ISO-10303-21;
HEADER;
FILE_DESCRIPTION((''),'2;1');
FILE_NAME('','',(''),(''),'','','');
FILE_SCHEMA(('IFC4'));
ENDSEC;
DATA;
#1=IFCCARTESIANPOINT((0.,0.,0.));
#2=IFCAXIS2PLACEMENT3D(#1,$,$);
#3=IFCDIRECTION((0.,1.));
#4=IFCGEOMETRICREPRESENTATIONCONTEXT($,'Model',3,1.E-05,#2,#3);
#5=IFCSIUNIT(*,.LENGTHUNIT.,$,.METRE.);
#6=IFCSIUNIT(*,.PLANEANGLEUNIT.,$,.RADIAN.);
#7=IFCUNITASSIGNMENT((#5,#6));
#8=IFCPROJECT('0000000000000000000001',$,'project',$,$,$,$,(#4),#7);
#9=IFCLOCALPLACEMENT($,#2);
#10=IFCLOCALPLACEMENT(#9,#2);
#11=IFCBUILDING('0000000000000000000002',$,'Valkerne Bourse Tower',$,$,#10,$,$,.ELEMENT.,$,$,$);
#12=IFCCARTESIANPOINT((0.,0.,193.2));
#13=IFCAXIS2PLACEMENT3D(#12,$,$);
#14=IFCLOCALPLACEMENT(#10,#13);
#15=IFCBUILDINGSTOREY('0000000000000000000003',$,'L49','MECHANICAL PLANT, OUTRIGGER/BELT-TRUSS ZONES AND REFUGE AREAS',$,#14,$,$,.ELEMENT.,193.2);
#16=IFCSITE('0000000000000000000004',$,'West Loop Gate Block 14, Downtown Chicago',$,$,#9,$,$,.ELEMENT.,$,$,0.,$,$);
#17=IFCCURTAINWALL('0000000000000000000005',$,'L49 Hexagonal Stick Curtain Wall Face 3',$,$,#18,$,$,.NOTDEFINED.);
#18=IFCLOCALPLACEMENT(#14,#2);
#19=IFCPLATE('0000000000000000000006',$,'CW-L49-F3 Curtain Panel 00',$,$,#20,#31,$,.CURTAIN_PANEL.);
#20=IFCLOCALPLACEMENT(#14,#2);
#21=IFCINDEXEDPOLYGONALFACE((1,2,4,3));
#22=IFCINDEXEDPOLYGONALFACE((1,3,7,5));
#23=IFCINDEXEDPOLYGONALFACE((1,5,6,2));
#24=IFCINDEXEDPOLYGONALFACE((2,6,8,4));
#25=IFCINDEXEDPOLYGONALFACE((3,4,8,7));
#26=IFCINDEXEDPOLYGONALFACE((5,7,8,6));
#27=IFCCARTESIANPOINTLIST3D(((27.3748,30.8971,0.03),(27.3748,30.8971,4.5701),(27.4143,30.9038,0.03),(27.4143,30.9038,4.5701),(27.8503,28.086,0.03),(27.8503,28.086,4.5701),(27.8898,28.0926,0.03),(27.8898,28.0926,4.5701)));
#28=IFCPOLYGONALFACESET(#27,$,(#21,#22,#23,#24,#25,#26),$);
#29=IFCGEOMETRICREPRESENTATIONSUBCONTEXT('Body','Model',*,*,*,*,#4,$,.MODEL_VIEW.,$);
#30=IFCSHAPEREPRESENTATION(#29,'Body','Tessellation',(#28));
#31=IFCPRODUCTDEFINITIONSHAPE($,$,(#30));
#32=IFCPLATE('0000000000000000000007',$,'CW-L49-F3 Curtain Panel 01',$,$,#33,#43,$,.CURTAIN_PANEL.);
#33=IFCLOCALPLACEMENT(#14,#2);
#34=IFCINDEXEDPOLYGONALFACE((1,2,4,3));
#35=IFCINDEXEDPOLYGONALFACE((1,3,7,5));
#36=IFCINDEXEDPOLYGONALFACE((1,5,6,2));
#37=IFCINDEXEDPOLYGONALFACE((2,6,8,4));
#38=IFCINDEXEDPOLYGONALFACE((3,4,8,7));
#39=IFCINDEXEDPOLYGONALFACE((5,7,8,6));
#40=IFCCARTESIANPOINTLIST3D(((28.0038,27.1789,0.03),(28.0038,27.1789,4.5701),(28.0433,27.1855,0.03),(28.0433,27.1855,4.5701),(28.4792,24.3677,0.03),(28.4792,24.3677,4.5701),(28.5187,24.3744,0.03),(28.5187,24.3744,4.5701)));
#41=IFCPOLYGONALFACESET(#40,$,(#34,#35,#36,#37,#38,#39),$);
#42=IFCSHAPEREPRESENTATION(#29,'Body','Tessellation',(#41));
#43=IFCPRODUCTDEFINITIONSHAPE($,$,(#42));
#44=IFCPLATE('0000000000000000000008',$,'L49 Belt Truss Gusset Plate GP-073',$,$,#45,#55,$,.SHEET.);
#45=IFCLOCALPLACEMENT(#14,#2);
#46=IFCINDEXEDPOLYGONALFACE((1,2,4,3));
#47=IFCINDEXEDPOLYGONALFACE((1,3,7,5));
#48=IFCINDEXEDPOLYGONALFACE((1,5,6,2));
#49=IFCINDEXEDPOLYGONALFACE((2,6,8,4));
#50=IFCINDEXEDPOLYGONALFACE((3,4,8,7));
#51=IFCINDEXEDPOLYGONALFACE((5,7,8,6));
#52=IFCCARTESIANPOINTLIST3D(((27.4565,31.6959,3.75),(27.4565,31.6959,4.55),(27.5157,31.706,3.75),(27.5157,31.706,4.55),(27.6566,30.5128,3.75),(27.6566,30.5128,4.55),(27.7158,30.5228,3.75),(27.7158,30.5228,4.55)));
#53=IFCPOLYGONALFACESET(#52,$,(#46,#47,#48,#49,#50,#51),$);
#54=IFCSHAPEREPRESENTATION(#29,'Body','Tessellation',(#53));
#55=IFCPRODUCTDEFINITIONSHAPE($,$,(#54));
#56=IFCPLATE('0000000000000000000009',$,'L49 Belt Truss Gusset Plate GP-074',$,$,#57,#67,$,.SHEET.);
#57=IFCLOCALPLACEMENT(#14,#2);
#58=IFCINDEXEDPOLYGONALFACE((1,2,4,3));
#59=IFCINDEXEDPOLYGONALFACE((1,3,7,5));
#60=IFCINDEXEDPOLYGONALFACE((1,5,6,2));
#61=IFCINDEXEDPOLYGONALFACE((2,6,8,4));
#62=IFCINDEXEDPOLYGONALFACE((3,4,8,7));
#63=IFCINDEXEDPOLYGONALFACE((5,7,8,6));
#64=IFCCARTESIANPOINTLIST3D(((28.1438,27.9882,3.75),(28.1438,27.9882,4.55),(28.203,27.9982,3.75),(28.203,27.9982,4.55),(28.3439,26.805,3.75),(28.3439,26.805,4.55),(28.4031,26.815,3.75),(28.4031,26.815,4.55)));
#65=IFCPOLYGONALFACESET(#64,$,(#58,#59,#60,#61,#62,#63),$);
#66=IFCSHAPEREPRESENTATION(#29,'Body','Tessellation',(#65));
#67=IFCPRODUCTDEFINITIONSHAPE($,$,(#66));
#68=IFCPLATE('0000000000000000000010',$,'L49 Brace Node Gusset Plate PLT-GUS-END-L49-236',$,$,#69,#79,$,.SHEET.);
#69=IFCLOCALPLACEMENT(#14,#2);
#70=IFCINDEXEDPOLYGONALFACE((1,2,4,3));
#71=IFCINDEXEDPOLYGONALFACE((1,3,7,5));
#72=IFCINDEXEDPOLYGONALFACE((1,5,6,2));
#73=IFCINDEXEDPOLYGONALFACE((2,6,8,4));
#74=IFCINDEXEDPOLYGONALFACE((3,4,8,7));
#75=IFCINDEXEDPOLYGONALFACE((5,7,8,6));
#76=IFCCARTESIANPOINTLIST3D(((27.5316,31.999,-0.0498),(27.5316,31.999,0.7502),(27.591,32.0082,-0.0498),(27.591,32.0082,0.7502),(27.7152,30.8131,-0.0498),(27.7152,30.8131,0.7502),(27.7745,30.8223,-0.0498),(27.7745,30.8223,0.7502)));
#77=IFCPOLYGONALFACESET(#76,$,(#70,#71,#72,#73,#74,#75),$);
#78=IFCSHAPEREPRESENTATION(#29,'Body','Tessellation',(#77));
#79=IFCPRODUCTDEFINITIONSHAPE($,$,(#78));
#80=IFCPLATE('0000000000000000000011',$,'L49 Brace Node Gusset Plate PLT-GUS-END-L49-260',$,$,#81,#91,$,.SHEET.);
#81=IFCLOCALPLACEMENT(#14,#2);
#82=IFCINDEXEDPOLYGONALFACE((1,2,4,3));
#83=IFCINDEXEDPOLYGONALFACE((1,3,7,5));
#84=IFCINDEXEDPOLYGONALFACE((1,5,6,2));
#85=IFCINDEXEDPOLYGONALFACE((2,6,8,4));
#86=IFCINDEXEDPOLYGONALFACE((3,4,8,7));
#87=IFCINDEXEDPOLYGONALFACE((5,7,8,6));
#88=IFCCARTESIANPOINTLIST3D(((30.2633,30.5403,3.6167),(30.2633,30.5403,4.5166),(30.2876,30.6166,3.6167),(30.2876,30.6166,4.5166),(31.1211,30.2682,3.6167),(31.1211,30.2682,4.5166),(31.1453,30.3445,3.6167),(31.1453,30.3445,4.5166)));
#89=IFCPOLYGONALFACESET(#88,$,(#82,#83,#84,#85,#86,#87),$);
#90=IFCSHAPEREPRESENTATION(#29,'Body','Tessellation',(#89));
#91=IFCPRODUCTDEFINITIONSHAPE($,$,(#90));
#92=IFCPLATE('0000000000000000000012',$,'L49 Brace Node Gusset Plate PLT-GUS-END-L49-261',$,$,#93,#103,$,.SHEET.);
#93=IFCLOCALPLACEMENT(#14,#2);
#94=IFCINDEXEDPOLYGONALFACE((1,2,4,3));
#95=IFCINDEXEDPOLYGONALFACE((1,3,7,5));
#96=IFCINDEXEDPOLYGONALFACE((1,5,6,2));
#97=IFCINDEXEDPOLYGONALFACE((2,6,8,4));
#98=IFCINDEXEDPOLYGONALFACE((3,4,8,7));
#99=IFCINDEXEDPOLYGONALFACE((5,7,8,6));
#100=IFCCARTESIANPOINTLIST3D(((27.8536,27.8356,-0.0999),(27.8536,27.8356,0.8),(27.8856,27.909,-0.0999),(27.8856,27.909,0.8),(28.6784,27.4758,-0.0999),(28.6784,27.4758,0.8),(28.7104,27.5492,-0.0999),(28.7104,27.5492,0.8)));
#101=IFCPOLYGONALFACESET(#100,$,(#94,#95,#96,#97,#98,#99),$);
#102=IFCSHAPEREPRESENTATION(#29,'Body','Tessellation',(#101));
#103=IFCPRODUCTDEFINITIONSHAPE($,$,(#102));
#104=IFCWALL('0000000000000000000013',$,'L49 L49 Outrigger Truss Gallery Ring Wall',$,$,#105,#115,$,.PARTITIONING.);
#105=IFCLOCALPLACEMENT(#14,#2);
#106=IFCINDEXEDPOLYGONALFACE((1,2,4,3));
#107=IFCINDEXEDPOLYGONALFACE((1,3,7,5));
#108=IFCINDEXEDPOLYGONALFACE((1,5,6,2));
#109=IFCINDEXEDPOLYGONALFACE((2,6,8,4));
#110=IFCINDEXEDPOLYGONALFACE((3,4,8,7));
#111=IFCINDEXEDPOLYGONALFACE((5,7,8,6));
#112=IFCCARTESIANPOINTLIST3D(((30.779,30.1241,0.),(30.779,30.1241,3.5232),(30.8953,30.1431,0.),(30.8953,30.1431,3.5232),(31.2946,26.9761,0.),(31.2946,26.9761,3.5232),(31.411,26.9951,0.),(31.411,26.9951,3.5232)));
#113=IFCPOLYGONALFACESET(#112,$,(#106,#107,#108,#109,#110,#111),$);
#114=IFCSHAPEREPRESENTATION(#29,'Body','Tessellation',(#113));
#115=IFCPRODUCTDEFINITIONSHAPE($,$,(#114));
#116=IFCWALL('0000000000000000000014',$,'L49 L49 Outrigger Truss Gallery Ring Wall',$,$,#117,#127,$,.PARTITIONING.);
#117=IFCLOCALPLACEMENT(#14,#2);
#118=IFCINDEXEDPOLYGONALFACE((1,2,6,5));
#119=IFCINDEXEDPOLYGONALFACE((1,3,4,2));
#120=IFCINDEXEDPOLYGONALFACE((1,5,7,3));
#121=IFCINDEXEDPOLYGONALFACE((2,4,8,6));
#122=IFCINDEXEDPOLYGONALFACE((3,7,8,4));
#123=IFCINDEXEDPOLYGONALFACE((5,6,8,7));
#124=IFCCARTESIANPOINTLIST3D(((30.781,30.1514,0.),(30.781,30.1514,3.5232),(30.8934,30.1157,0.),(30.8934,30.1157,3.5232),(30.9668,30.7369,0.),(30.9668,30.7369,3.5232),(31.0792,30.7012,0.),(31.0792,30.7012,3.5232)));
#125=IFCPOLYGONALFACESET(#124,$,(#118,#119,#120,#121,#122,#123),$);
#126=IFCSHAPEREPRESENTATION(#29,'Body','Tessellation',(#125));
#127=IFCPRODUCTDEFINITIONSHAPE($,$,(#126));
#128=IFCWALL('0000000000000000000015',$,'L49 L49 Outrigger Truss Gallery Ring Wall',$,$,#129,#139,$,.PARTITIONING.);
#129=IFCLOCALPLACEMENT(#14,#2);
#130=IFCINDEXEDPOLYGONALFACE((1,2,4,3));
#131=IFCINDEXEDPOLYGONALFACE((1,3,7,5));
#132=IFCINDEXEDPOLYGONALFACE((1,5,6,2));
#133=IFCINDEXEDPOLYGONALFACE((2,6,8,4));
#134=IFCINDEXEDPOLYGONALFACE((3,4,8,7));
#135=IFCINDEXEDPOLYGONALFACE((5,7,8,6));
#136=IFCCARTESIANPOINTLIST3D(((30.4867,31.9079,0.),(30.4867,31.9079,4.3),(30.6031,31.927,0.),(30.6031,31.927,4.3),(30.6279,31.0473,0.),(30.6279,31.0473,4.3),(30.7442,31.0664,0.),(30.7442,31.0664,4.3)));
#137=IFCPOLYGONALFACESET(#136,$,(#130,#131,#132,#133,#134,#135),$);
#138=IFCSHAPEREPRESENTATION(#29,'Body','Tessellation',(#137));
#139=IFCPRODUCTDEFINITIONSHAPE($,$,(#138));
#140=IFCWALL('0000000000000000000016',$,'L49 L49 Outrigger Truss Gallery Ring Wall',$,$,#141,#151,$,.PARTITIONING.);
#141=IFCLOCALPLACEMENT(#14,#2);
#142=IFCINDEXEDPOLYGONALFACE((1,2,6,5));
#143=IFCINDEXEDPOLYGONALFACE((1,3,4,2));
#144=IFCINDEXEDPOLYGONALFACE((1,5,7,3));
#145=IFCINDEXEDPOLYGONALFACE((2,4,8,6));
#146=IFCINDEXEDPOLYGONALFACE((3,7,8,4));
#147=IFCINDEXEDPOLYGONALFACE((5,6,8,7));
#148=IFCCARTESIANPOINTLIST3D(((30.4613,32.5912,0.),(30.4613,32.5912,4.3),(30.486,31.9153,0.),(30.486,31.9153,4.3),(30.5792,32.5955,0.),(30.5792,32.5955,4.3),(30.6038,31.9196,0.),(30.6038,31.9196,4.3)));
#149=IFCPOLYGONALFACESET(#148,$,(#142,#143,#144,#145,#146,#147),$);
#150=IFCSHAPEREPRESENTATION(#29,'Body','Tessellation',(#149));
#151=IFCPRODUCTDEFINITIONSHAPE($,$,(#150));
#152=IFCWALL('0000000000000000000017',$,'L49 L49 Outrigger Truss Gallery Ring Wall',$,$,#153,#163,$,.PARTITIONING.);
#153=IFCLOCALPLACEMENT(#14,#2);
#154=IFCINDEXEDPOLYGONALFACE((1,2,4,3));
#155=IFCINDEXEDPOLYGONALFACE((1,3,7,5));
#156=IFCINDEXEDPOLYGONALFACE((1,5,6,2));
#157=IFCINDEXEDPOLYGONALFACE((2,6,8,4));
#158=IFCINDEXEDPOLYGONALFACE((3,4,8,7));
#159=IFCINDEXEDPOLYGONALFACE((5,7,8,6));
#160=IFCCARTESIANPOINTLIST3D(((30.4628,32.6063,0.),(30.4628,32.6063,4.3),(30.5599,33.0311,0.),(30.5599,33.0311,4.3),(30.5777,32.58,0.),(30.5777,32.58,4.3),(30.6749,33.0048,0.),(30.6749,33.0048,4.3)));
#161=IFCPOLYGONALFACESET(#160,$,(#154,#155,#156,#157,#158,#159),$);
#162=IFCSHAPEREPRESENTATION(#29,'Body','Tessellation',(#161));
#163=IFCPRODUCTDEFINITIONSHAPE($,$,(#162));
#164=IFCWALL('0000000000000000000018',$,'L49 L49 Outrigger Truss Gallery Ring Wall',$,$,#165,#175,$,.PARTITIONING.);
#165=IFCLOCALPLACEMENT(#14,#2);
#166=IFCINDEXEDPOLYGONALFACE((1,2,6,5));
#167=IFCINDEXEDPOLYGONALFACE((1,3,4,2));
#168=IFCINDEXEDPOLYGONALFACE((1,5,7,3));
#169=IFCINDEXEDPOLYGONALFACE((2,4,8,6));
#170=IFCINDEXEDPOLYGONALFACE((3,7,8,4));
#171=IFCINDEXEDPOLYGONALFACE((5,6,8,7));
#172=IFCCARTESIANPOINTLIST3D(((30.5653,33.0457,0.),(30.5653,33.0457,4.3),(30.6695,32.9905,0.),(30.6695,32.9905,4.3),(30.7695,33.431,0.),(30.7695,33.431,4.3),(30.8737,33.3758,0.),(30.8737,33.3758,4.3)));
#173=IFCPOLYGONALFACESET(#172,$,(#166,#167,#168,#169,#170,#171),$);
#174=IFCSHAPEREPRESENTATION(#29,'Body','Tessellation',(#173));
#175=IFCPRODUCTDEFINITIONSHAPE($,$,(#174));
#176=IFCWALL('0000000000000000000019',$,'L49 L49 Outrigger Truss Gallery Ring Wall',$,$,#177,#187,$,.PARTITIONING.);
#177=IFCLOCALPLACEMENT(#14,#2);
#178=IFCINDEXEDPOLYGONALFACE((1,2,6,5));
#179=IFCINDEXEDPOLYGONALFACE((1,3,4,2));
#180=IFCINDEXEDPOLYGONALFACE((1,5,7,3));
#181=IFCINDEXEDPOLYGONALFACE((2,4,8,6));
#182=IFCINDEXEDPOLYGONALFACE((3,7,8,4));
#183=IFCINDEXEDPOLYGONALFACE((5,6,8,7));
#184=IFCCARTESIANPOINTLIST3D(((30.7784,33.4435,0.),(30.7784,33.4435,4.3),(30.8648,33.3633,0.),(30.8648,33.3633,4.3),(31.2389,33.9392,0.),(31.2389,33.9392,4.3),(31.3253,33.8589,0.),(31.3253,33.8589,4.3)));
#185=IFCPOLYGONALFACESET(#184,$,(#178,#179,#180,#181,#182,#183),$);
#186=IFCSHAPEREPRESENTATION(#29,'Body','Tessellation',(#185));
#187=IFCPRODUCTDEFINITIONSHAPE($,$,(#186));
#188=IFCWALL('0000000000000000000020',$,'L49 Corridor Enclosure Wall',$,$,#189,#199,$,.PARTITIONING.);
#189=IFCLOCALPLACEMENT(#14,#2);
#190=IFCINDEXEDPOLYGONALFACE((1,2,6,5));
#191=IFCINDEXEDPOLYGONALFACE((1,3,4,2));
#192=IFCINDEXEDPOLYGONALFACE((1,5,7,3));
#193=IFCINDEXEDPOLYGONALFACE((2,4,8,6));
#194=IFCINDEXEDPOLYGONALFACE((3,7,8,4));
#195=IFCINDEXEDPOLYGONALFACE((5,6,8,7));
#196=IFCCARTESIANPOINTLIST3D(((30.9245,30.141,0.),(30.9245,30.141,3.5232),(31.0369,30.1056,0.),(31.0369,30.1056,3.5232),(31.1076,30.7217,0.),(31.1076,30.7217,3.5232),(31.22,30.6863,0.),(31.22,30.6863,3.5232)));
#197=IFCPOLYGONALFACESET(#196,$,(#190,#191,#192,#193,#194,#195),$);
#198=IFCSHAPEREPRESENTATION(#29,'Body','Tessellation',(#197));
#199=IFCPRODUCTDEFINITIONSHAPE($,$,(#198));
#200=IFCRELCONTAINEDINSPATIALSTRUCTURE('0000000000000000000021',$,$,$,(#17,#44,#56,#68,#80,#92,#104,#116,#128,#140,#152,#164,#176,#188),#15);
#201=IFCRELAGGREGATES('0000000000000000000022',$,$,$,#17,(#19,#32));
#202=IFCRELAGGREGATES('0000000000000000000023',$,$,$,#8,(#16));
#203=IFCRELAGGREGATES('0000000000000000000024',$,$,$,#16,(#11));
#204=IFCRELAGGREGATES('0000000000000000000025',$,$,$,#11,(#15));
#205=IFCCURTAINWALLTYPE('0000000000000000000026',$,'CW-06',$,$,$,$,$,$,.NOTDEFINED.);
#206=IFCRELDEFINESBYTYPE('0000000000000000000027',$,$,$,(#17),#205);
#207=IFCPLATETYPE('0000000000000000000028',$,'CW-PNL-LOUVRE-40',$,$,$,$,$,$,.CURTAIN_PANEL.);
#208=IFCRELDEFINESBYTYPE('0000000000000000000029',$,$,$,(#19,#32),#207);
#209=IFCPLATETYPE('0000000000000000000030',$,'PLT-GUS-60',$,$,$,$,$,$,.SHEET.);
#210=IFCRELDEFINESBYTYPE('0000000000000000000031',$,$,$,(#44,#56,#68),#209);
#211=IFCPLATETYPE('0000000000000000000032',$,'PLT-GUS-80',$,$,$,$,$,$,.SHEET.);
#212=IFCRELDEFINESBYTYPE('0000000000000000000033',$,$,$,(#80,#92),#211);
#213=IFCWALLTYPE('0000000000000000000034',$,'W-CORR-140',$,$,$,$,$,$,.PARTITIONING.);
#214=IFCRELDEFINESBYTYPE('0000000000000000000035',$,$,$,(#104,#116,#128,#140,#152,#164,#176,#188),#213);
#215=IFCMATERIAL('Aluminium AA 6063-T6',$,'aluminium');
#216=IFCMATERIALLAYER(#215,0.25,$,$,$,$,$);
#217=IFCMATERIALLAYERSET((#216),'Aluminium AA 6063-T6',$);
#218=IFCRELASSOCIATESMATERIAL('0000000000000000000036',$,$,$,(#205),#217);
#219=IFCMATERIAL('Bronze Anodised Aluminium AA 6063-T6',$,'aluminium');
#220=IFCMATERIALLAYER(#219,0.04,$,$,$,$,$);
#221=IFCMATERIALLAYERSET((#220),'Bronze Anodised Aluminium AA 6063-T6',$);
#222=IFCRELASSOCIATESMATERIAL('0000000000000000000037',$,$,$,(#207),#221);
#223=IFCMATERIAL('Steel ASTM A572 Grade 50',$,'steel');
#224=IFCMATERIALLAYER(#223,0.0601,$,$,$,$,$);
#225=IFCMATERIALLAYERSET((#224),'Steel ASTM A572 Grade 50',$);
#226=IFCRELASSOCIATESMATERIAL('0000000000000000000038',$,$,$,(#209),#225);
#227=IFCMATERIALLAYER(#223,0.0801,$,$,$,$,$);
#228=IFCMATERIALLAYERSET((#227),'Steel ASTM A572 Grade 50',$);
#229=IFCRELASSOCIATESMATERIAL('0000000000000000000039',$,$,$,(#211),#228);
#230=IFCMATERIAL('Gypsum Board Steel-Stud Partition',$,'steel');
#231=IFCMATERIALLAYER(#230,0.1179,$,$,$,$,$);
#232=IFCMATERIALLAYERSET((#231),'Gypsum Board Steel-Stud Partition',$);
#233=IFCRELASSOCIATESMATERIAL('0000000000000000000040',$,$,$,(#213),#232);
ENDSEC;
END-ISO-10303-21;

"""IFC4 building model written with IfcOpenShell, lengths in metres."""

from ifc_helpers import new_model, si_unit, direction, frame, frame_2d, origin, origin_2d, place, context, subcontext, project, spatial, rectangle, extrude, material, layer, layer_set, type_object, element, aggregate, save


model = new_model("IFC4")

# Units and contexts
model_context = context("Model", 3, precision=1e-05, world=origin(), true_north=direction((0.0, 1.0)))
body_context = subcontext(model_context, "Body", "Model", "MODEL_VIEW")
ifc_project = project(units=[si_unit("LENGTHUNIT", "METRE"), si_unit("PLANEANGLEUNIT", "RADIAN")], contexts=[model_context])

# Site, building, storey
site_placement = place(None, origin())
site = spatial("IfcSite", under=ifc_project, at=site_placement, Name="West Loop Gate Block 14, Downtown Chicago", CompositionType="ELEMENT", RefElevation=0.0)
building_placement = place(site_placement, origin())
building = spatial("IfcBuilding", under=site, at=building_placement, Name="Valkerne Bourse Tower", CompositionType="ELEMENT")
storey_placement = place(building_placement, frame((0.0, 0.0, 193.2)))
storey = spatial("IfcBuildingStorey", under=building, at=storey_placement, Name="L49", Description="MECHANICAL PLANT, OUTRIGGER/BELT-TRUSS ZONES AND REFUGE AREAS", CompositionType="ELEMENT", Elevation=193.2)

# Curtain wall
ifc_material_1 = material(Name="Aluminium AA 6063-T6", Category="aluminium")
ifc_layer_1 = layer(ifc_material_1, 0.25)
ifc_layer_set_1 = layer_set([ifc_layer_1], Name="Aluminium AA 6063-T6")
curtain_wall_type = type_object("IfcCurtainWallType", Name="CW-06", PredefinedType="NOTDEFINED", material=ifc_layer_set_1)
curtain_wall_placement = place(storey_placement, origin())
curtain_wall = element("IfcCurtainWall", 1, at=curtain_wall_placement, inside=storey, type_object=curtain_wall_type, Name="L49 Hexagonal Stick Curtain Wall Face 3", PredefinedType="NOTDEFINED")

# Plates
ifc_material_2 = material(Name="Bronze Anodised Aluminium AA 6063-T6", Category="aluminium")
ifc_layer_2 = layer(ifc_material_2, 0.04)
ifc_layer_set_2 = layer_set([ifc_layer_2], Name="Bronze Anodised Aluminium AA 6063-T6")
plate_type_1 = type_object("IfcPlateType", Name="CW-PNL-LOUVRE-40", PredefinedType="CURTAIN_PANEL", material=ifc_layer_set_2)
plate_1_placement = place(storey_placement, frame((27.6323, 29.4949, 0.03), z_axis=(0.0, 0.0, 1.0), x_axis=(0.166772, -0.985995, 0.0)))
plate_1 = element("IfcPlate", 2, at=plate_1_placement, type_object=plate_type_1, Name="CW-L49-F3 Curtain Panel 00", PredefinedType="CURTAIN_PANEL", context=body_context, shape_type="SweptSolid", body=[
    extrude(rectangle(XDim=2.8511, YDim=0.04, at=origin_2d()), origin(), (0.0, 0.0, 1.0), 4.54),
])
plate_2_placement = place(storey_placement, frame((28.2612, 25.7766, 0.03), z_axis=(0.0, 0.0, 1.0), x_axis=(0.166746, -0.986, 0.0)))
plate_2 = element("IfcPlate", 3, at=plate_2_placement, type_object=plate_type_1, Name="CW-L49-F3 Curtain Panel 01", PredefinedType="CURTAIN_PANEL", context=body_context, shape_type="SweptSolid", body=[
    extrude(rectangle(XDim=2.8511, YDim=0.04, at=origin_2d()), origin(), (0.0, 0.0, 1.0), 4.54),
])
aggregate(curtain_wall, [plate_1, plate_2])

# Plates
ifc_material_3 = material(Name="Steel ASTM A572 Grade 50", Category="steel")
ifc_layer_3 = layer(ifc_material_3, 0.0601)
ifc_layer_set_3 = layer_set([ifc_layer_3], Name="Steel ASTM A572 Grade 50")
plate_type_2 = type_object("IfcPlateType", Name="PLT-GUS-60", PredefinedType="SHEET", material=ifc_layer_set_3)
for number, where, z_axis, x_axis, name in (
    (4, (27.5862, 31.1094, 3.75), (0.0, 0.0, 1.0), (0.166769, -0.985996, 0.0), "L49 Belt Truss Gusset Plate GP-073"),
    (5, (28.2734, 27.4016, 3.75), (0.0, 0.0, 1.0), (0.166769, -0.985996, 0.0), "L49 Belt Truss Gusset Plate GP-074"),
    (6, (27.6531, 31.4106, -0.0498), (0.0, 0.0, 1.0), (0.152986, -0.988228, 0.0), "L49 Brace Node Gusset Plate PLT-GUS-END-L49-236"),
):
    element("IfcPlate", number, at=place(storey_placement, frame(where, z_axis=z_axis, x_axis=x_axis)), inside=storey, type_object=plate_type_2, Name=name, PredefinedType="SHEET", context=body_context, shape_type="SweptSolid", body=[
        extrude(rectangle(XDim=1.2, YDim=0.0601, at=origin_2d()), origin(), (0.0, 0.0, 1.0), 0.8),
    ])
ifc_layer_4 = layer(ifc_material_3, 0.0801)
ifc_layer_set_4 = layer_set([ifc_layer_4], Name="Steel ASTM A572 Grade 50")
plate_type_3 = type_object("IfcPlateType", Name="PLT-GUS-80", PredefinedType="SHEET", material=ifc_layer_set_4)
for number, where, z_axis, x_axis, name in (
    (7, (30.7043, 30.4424, 3.6167), (0.0, 0.0, 1.0), (0.953191, -0.30237, 0.0), "L49 Brace Node Gusset Plate PLT-GUS-END-L49-260"),
    (8, (28.282, 27.6924, -0.0999), (0.0, 0.0, 1.0), (0.916572, -0.399869, 0.0), "L49 Brace Node Gusset Plate PLT-GUS-END-L49-261"),
):
    element("IfcPlate", number, at=place(storey_placement, frame(where, z_axis=z_axis, x_axis=x_axis)), inside=storey, type_object=plate_type_3, Name=name, PredefinedType="SHEET", context=body_context, shape_type="SweptSolid", body=[
        extrude(rectangle(XDim=0.8999, YDim=0.0801, at=origin_2d()), origin(), (0.0, 0.0, 1.0), 0.8999),
    ])

# Walls
ifc_material_4 = material(Name="Gypsum Board Steel-Stud Partition", Category="steel")
ifc_layer_5 = layer(ifc_material_4, 0.1179)
ifc_layer_set_5 = layer_set([ifc_layer_5], Name="Gypsum Board Steel-Stud Partition")
wall_type = type_object("IfcWallType", Name="W-CORR-140", PredefinedType="PARTITIONING", material=ifc_layer_set_5)
wall_1_placement = place(storey_placement, frame((31.3528, 26.9856, 0.0), z_axis=(0.0, 0.0, 1.0), x_axis=(-0.161643, 0.986849, 0.0)))
element("IfcWall", 9, at=wall_1_placement, inside=storey, type_object=wall_type, Name="L49 L49 Outrigger Truss Gallery Ring Wall", PredefinedType="PARTITIONING", context=body_context, shape_type="SweptSolid", body=[
    extrude(rectangle(XDim=3.1899, YDim=0.1179, at=frame_2d((1.595, 0.0))), origin(), (0.0, 0.0, 1.0), 3.5232),
])
wall_2_placement = place(storey_placement, frame((30.8372, 30.1335, 0.0), z_axis=(0.0, 0.0, 1.0), x_axis=(0.302482, 0.953155, 0.0)))
element("IfcWall", 10, at=wall_2_placement, inside=storey, type_object=wall_type, Name="L49 L49 Outrigger Truss Gallery Ring Wall", PredefinedType="PARTITIONING", context=body_context, shape_type="SweptSolid", body=[
    extrude(rectangle(XDim=0.6143, YDim=0.1179, at=frame_2d((0.3071, 0.0))), origin(), (0.0, 0.0, 1.0), 3.5232),
])
wall_3_placement = place(storey_placement, frame((30.686, 31.0569, 0.0), z_axis=(0.0, 0.0, 1.0), x_axis=(-0.161811, 0.986822, 0.0)))
element("IfcWall", 11, at=wall_3_placement, inside=storey, type_object=wall_type, Name="L49 L49 Outrigger Truss Gallery Ring Wall", PredefinedType="PARTITIONING", context=body_context, shape_type="SweptSolid", body=[
    extrude(rectangle(XDim=0.8721, YDim=0.1179, at=frame_2d((0.436, 0.0))), origin(), (0.0, 0.0, 1.0), 4.3),
])
wall_4_placement = place(storey_placement, frame((30.5449, 31.9175, 0.0), z_axis=(0.0, 0.0, 1.0), x_axis=(-0.036464, 0.999335, 0.0)))
element("IfcWall", 12, at=wall_4_placement, inside=storey, type_object=wall_type, Name="L49 L49 Outrigger Truss Gallery Ring Wall", PredefinedType="PARTITIONING", context=body_context, shape_type="SweptSolid", body=[
    extrude(rectangle(XDim=0.6763, YDim=0.1179, at=frame_2d((0.3381, 0.0))), origin(), (0.0, 0.0, 1.0), 4.3),
])
wall_5_placement = place(storey_placement, frame((30.5203, 32.5933, 0.0), z_axis=(0.0, 0.0, 1.0), x_axis=(0.222977, 0.974824, 0.0)))
element("IfcWall", 13, at=wall_5_placement, inside=storey, type_object=wall_type, Name="L49 L49 Outrigger Truss Gallery Ring Wall", PredefinedType="PARTITIONING", context=body_context, shape_type="SweptSolid", body=[
    extrude(rectangle(XDim=0.4358, YDim=0.1179, at=frame_2d((0.2178, 0.0))), origin(), (0.0, 0.0, 1.0), 4.3),
])
wall_6_placement = place(storey_placement, frame((30.6174, 33.0181, 0.0), z_axis=(0.0, 0.0, 1.0), x_axis=(0.468145, 0.883652, 0.0)))
element("IfcWall", 14, at=wall_6_placement, inside=storey, type_object=wall_type, Name="L49 L49 Outrigger Truss Gallery Ring Wall", PredefinedType="PARTITIONING", context=body_context, shape_type="SweptSolid", body=[
    extrude(rectangle(XDim=0.436, YDim=0.1179, at=frame_2d((0.218, 0.0))), origin(), (0.0, 0.0, 1.0), 4.3),
])
wall_7_placement = place(storey_placement, frame((30.8215, 33.4033, 0.0), z_axis=(0.0, 0.0, 1.0), x_axis=(0.680645, 0.732614, 0.0)))
element("IfcWall", 15, at=wall_7_placement, inside=storey, type_object=wall_type, Name="L49 L49 Outrigger Truss Gallery Ring Wall", PredefinedType="PARTITIONING", context=body_context, shape_type="SweptSolid", body=[
    extrude(rectangle(XDim=0.6765, YDim=0.1179, at=frame_2d((0.3384, 0.0))), origin(), (0.0, 0.0, 1.0), 4.3),
])
wall_8_placement = place(storey_placement, frame((30.9807, 30.1233, 0.0), z_axis=(0.0, 0.0, 1.0), x_axis=(0.300671, 0.953728, 0.0)))
element("IfcWall", 16, at=wall_8_placement, inside=storey, type_object=wall_type, Name="L49 Corridor Enclosure Wall", PredefinedType="PARTITIONING", context=body_context, shape_type="SweptSolid", body=[
    extrude(rectangle(XDim=0.6089, YDim=0.1179, at=frame_2d((0.3044, 0.0))), origin(), (0.0, 0.0, 1.0), 3.5232),
])

save(model, "model.ifc")
